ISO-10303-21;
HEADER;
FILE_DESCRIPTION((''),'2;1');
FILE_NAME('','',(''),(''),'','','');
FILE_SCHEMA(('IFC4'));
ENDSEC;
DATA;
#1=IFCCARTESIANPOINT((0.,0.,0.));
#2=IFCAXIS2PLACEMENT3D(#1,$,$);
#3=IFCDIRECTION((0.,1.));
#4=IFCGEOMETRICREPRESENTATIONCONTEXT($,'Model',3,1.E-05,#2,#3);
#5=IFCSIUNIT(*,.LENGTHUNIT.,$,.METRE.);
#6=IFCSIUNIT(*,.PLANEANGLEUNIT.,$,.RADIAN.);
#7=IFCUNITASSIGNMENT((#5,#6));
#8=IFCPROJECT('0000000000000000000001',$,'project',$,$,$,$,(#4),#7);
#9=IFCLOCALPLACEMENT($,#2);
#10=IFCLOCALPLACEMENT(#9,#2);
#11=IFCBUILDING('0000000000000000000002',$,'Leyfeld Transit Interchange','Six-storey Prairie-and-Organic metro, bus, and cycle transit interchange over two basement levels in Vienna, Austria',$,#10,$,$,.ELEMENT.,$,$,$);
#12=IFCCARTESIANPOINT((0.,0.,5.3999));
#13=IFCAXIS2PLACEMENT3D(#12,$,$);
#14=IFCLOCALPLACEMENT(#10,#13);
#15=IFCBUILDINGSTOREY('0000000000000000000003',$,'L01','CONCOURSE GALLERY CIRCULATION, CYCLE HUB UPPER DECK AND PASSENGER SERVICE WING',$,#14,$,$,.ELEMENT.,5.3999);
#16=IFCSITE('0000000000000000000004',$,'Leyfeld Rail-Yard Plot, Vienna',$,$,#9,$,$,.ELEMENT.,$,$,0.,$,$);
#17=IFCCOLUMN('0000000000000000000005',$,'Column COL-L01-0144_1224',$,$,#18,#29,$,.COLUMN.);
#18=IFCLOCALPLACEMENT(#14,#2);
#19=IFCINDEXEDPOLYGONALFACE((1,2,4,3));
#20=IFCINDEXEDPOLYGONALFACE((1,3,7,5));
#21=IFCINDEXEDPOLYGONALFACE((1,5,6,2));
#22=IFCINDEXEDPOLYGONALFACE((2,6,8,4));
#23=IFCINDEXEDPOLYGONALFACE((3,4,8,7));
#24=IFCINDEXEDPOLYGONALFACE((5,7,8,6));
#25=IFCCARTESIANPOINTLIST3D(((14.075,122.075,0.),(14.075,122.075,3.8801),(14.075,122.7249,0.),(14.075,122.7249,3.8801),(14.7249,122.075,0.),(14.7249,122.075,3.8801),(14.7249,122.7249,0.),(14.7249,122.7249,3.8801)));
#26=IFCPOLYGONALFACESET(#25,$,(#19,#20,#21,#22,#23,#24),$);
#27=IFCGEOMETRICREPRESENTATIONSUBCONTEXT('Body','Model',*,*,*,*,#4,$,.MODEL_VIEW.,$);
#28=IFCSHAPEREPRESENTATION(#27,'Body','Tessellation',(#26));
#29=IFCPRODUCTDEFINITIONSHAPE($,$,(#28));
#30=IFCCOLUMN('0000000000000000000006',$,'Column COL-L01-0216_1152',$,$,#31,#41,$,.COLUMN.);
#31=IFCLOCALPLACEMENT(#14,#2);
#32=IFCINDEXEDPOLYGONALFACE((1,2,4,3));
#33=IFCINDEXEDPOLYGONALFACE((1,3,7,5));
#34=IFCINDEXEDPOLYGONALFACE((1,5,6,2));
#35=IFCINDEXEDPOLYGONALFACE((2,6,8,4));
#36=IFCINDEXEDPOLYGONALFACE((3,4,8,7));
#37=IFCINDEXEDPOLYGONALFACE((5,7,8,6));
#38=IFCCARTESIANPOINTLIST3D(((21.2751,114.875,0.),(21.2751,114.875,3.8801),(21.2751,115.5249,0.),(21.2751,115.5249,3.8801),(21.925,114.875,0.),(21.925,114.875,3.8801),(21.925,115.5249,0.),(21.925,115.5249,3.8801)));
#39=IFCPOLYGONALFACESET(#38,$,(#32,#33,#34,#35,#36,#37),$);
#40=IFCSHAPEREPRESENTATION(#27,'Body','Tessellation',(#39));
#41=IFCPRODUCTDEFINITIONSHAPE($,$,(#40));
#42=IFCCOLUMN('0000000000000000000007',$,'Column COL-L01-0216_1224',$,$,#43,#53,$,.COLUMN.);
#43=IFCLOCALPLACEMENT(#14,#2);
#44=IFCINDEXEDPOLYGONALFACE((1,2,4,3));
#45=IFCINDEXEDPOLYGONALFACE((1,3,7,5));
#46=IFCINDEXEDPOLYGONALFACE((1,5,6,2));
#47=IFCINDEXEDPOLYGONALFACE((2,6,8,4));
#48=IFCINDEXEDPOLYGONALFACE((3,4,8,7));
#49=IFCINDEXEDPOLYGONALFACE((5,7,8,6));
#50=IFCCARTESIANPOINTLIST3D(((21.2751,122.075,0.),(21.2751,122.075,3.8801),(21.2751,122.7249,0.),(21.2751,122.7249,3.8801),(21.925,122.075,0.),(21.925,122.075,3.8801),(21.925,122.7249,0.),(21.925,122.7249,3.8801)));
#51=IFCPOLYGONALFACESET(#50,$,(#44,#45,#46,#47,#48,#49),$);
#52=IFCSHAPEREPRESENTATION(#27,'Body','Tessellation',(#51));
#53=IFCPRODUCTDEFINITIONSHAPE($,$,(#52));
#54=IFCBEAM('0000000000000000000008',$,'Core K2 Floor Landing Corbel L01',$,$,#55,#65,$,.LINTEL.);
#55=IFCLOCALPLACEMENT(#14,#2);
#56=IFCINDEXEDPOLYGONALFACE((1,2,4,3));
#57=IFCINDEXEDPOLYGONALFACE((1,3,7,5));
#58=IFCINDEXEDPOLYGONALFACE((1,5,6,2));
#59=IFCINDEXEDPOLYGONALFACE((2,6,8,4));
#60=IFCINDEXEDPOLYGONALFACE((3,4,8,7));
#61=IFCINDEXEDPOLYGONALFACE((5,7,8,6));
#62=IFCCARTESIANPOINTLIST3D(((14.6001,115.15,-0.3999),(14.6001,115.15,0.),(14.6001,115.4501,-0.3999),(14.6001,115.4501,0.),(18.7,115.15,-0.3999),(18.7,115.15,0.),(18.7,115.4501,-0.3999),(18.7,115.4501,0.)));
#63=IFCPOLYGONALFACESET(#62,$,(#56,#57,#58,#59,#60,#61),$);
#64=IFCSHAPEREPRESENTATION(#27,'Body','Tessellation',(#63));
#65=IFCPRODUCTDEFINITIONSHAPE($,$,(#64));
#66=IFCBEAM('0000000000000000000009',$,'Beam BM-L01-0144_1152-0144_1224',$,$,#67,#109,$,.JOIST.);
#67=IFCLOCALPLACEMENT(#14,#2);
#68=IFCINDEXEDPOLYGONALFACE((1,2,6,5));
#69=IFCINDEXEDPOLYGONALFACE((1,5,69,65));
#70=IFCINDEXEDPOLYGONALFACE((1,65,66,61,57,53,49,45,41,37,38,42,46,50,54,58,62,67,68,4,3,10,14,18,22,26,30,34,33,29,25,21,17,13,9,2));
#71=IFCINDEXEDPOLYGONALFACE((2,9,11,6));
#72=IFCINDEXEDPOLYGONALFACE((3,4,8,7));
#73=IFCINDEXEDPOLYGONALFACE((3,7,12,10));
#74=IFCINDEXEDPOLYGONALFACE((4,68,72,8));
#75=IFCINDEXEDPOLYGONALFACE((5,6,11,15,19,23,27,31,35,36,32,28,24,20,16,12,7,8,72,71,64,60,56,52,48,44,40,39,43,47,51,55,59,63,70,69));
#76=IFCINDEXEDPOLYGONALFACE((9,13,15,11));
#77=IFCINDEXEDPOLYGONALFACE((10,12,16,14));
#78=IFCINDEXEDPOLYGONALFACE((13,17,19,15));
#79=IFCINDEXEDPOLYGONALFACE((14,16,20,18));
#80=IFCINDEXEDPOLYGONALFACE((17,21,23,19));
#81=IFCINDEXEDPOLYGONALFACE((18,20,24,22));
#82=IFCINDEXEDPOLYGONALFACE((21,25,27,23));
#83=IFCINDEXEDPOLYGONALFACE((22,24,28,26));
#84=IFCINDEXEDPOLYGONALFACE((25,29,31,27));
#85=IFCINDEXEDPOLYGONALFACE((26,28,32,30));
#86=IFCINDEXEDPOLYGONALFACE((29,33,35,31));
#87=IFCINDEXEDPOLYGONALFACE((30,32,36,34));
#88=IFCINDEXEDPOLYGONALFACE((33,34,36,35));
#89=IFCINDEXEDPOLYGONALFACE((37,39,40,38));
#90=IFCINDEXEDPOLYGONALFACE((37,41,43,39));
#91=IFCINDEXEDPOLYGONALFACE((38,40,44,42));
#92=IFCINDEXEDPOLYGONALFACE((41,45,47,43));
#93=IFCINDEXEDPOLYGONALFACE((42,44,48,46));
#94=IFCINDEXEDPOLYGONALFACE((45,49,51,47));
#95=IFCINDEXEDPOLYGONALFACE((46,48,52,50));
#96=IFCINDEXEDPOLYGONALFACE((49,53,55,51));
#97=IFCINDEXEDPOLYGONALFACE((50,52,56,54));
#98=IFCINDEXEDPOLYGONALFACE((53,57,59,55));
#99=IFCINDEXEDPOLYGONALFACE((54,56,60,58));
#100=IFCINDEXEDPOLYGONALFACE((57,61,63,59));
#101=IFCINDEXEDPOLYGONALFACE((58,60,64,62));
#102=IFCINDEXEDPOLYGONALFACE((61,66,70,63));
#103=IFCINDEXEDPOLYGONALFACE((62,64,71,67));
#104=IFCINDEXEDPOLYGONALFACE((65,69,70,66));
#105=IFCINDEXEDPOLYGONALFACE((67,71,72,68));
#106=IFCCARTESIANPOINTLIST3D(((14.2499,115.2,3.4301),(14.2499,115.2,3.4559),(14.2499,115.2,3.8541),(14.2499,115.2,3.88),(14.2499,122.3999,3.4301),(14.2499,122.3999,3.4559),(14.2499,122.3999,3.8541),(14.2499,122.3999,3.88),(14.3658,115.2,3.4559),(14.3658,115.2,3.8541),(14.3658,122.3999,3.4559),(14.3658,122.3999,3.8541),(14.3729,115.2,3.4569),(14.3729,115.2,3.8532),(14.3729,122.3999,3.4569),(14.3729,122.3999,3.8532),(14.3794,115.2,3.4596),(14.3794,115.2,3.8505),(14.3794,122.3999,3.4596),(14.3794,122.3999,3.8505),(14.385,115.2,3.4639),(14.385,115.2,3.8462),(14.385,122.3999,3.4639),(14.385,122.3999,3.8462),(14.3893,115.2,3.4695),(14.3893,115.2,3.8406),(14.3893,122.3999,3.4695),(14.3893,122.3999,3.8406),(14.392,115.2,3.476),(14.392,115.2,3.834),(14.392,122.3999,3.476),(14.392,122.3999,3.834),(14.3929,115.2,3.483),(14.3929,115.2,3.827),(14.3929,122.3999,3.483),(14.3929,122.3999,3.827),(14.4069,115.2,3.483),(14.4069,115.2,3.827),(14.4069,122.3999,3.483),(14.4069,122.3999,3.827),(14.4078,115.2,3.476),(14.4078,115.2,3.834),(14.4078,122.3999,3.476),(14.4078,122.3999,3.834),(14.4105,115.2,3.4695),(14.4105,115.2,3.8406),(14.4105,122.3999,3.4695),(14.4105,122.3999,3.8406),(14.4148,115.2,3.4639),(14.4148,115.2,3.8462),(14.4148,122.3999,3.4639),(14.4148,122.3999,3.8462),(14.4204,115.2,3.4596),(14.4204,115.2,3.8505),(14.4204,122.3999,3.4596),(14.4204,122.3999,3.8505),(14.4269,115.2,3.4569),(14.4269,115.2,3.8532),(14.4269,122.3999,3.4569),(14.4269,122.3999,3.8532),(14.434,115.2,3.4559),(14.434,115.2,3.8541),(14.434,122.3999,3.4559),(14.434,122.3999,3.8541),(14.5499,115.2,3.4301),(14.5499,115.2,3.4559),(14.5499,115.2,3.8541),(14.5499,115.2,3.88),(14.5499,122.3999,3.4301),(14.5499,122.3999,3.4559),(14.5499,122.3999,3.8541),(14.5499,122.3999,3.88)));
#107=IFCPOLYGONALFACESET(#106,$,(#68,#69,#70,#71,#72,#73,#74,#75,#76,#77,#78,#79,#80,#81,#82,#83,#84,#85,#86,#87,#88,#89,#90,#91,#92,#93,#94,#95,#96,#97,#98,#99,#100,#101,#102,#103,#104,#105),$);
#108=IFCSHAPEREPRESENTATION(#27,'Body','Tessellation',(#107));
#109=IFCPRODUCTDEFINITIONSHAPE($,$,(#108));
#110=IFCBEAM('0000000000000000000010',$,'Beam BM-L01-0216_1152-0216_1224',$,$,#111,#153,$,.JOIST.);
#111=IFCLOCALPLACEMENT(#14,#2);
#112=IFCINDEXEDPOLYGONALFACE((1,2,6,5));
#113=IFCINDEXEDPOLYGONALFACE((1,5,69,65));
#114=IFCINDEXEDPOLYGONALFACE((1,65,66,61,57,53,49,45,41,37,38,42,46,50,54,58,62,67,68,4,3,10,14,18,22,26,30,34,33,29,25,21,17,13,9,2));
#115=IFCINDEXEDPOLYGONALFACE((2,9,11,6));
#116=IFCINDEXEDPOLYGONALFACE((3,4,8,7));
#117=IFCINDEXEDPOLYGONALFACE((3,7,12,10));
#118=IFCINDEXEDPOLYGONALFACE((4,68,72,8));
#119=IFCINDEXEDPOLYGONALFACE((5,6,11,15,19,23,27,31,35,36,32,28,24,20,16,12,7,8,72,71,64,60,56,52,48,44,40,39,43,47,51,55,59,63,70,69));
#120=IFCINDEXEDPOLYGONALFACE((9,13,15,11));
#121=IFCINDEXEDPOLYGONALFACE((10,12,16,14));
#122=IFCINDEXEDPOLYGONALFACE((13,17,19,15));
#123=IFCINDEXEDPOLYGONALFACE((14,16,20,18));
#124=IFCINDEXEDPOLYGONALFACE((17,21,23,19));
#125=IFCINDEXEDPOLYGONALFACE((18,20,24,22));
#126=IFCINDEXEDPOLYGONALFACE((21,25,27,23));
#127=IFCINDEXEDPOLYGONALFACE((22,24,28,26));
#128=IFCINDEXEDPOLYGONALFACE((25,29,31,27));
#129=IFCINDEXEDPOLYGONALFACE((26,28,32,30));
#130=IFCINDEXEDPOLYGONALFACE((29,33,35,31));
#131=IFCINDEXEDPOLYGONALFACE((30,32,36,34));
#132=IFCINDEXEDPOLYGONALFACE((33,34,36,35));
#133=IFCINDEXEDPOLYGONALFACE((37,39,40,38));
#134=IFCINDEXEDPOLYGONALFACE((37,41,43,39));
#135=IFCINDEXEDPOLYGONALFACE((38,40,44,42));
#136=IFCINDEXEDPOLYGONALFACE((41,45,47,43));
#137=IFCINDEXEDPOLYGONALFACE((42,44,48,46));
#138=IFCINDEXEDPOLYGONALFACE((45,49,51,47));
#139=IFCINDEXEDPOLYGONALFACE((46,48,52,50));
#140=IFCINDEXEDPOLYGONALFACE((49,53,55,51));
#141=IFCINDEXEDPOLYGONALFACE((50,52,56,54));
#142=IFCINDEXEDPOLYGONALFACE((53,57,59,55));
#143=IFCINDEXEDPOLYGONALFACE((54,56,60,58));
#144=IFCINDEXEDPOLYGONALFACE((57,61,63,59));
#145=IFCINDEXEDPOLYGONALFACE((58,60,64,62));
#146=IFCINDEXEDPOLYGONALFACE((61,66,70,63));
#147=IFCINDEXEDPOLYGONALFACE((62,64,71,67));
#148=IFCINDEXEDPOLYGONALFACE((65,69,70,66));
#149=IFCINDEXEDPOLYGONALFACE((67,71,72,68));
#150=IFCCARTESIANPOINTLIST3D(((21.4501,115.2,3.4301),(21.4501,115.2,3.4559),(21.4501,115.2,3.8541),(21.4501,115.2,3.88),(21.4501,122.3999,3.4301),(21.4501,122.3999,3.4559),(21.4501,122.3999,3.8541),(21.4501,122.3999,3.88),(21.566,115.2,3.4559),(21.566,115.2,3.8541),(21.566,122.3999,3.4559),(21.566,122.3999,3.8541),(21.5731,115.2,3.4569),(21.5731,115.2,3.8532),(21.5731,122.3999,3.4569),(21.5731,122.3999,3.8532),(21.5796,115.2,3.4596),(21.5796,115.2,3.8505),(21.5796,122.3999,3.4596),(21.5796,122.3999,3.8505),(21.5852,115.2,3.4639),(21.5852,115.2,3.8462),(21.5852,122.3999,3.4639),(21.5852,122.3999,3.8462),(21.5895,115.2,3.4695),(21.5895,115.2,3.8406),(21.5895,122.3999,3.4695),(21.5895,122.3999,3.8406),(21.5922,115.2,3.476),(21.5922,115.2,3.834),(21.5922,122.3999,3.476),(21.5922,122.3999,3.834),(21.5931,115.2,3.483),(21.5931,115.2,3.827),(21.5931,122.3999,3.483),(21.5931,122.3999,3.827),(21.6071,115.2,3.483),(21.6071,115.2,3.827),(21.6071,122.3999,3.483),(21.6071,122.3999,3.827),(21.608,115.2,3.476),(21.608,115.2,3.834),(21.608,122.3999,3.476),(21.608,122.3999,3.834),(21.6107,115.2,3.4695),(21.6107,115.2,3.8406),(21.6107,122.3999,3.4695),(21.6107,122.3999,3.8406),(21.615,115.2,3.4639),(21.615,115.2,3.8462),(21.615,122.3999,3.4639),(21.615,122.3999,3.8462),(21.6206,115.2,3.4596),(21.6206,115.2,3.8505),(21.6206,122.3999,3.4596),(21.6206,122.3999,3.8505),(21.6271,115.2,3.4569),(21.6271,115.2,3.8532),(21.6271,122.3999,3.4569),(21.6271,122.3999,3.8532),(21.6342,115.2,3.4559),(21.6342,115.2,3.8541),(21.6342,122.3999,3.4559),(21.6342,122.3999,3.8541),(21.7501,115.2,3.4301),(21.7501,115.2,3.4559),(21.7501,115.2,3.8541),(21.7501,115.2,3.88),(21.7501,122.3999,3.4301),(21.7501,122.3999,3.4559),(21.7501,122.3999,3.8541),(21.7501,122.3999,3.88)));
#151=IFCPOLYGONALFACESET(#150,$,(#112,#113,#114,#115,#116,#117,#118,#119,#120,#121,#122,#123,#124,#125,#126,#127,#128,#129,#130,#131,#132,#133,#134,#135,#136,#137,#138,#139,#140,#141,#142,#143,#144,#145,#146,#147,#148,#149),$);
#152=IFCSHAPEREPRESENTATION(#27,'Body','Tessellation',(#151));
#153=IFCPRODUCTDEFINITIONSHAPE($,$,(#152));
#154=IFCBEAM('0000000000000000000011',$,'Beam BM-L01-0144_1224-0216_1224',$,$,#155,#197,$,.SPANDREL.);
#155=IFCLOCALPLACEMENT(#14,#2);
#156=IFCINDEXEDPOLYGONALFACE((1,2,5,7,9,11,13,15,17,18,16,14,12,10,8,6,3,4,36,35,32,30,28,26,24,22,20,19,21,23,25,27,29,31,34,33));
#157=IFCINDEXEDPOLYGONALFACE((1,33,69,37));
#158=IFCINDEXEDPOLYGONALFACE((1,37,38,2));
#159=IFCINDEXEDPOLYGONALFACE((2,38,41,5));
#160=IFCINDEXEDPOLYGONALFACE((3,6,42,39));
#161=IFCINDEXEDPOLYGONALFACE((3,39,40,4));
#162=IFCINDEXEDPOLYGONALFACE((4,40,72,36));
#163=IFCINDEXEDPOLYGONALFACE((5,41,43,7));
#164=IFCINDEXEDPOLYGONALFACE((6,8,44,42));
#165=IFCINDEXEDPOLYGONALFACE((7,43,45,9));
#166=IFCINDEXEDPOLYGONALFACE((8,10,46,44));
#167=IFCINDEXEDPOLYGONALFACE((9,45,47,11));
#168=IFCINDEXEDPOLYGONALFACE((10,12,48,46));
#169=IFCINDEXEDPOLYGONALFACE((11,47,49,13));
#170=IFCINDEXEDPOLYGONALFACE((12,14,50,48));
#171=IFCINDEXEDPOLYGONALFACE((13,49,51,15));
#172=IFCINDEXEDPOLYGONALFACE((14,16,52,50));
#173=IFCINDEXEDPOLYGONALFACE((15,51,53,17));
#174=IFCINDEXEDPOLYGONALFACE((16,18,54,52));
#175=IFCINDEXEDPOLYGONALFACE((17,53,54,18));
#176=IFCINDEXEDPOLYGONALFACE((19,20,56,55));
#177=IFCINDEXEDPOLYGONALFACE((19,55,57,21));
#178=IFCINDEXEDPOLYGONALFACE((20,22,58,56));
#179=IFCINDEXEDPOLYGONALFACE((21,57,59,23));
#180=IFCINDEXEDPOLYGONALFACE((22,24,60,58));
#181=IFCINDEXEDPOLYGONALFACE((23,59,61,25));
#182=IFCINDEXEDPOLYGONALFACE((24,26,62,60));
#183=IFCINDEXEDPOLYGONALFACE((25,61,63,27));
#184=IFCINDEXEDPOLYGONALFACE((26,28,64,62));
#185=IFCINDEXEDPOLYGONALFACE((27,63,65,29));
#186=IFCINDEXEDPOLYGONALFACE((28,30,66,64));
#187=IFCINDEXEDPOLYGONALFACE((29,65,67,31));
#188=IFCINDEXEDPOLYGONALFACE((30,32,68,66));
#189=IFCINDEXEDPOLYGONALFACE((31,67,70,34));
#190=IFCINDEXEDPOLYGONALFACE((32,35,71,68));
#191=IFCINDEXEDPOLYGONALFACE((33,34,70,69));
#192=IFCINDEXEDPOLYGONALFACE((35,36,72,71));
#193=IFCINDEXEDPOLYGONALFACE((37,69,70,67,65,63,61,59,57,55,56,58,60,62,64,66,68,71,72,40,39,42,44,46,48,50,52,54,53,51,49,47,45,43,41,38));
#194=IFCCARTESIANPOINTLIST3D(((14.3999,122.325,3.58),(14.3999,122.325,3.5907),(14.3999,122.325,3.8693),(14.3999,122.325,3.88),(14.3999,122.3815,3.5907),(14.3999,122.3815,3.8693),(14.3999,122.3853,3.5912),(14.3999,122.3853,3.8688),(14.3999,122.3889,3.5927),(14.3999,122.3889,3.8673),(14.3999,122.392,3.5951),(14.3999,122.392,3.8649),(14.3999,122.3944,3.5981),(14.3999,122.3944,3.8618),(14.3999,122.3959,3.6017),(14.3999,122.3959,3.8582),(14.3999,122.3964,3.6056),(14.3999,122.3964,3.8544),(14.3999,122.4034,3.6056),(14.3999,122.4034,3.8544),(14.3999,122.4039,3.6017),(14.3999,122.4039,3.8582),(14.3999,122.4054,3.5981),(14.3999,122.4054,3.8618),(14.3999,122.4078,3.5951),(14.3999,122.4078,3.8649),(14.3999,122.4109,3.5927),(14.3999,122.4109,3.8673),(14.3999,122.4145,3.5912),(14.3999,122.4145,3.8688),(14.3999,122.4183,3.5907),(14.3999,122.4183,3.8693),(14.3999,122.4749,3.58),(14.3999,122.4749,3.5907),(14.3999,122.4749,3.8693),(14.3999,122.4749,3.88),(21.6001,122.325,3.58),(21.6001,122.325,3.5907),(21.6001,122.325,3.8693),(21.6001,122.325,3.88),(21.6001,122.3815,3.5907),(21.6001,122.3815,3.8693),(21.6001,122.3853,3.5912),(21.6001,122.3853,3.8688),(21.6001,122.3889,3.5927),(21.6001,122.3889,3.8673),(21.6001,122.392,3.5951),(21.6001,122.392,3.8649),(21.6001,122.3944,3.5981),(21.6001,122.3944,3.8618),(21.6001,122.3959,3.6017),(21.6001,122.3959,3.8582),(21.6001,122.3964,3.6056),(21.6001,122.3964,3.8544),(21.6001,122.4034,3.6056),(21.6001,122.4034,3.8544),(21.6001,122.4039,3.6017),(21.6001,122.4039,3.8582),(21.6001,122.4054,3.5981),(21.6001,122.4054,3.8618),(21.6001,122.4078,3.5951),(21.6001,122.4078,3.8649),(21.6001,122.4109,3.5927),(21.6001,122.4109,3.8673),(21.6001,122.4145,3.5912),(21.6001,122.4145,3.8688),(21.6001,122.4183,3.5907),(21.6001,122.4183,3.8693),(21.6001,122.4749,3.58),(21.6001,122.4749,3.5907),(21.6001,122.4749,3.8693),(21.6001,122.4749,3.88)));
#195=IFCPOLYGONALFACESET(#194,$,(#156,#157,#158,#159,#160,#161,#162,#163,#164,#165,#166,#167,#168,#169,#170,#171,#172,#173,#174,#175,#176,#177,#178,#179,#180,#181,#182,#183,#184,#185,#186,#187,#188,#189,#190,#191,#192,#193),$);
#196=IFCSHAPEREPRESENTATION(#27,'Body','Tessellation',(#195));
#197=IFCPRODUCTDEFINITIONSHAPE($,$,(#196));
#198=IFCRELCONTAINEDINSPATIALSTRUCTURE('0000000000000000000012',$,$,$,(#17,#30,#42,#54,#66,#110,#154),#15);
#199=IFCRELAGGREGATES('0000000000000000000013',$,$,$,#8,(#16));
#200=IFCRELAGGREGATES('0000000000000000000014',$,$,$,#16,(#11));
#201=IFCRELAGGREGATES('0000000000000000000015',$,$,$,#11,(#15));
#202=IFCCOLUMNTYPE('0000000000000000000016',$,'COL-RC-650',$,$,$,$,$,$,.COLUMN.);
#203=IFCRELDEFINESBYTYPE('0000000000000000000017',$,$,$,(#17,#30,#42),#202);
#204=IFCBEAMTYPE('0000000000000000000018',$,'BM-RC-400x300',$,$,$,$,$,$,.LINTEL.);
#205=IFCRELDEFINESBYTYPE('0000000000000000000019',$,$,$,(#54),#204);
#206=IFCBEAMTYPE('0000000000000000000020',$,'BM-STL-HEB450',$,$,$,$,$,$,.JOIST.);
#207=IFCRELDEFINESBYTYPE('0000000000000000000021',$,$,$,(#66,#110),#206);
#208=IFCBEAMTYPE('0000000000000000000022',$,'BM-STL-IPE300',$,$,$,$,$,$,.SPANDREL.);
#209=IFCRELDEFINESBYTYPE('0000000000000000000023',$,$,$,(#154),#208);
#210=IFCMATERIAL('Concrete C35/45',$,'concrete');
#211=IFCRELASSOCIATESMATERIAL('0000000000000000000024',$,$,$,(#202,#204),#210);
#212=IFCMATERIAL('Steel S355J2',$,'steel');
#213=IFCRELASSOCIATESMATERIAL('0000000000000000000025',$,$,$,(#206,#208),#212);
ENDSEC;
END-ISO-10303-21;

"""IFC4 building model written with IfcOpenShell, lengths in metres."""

from ifc_helpers import new_model, si_unit, direction, frame, origin, origin_2d, place, context, subcontext, project, spatial, rectangle, i_section, extrude, material, material_profile, profile_set, type_object, element, save


model = new_model("IFC4")

# Units and contexts
model_context = context("Model", 3, precision=1e-05, world=origin(), true_north=direction((0.0, 1.0)))
body_context = subcontext(model_context, "Body", "Model", "MODEL_VIEW")
ifc_project = project(units=[si_unit("LENGTHUNIT", "METRE"), si_unit("PLANEANGLEUNIT", "RADIAN")], contexts=[model_context])

# Site, building, storey
site_placement = place(None, origin())
site = spatial("IfcSite", under=ifc_project, at=site_placement, Name="Leyfeld Rail-Yard Plot, Vienna", CompositionType="ELEMENT", RefElevation=0.0)
building_placement = place(site_placement, origin())
building = spatial("IfcBuilding", under=site, at=building_placement, Name="Leyfeld Transit Interchange", Description="Six-storey Prairie-and-Organic metro, bus, and cycle transit interchange over two basement levels in Vienna, Austria", CompositionType="ELEMENT")
storey_placement = place(building_placement, frame((0.0, 0.0, 5.3999)))
storey = spatial("IfcBuildingStorey", under=building, at=storey_placement, Name="L01", Description="CONCOURSE GALLERY CIRCULATION, CYCLE HUB UPPER DECK AND PASSENGER SERVICE WING", CompositionType="ELEMENT", Elevation=5.3999)

# Columns
ifc_material_1 = material(Name="Concrete C35/45", Category="concrete")
ifc_material_profile_1 = material_profile(ifc_material_1, rectangle(XDim=0.6499, YDim=0.6499, at=origin_2d()), Name="RC 650x650")
ifc_profile_set_1 = profile_set([ifc_material_profile_1], Name="Concrete C35/45")
column_type = type_object("IfcColumnType", Name="COL-RC-650", PredefinedType="COLUMN", material=ifc_profile_set_1)
for number, where, z_axis, x_axis, name in (
    (1, (14.3999, 122.3999, 0.0), (0.0, 0.0, 1.0), (1.0, 0.0, 0.0), "Column COL-L01-0144_1224"),
    (2, (21.6001, 115.2, 0.0), (0.0, 0.0, 1.0), (1.0, 0.0, 0.0), "Column COL-L01-0216_1152"),
    (3, (21.6001, 122.3999, 0.0), (0.0, 0.0, 1.0), (1.0, 0.0, 0.0), "Column COL-L01-0216_1224"),
):
    element("IfcColumn", number, at=place(storey_placement, frame(where, z_axis=z_axis, x_axis=x_axis)), inside=storey, type_object=column_type, Name=name, PredefinedType="COLUMN", context=body_context, shape_type="SweptSolid", body=[
        extrude(rectangle(XDim=0.6499, YDim=0.6499, at=origin_2d()), origin(), (0.0, 0.0, 1.0), 3.8801),
    ])

# Beams
ifc_material_profile_2 = material_profile(ifc_material_1, rectangle(XDim=0.3, YDim=0.3999, at=origin_2d()), Name="RC 400x300")
ifc_profile_set_2 = profile_set([ifc_material_profile_2], Name="Concrete C35/45")
beam_type_1 = type_object("IfcBeamType", Name="BM-RC-400x300", PredefinedType="LINTEL", material=ifc_profile_set_2)
beam_1_placement = place(storey_placement, frame((14.6001, 115.3, -0.2), z_axis=(1.0, 0.0, 0.0), x_axis=(0.0, 1.0, 0.0)))
element("IfcBeam", 4, at=beam_1_placement, inside=storey, type_object=beam_type_1, Name="Core K2 Floor Landing Corbel L01", PredefinedType="LINTEL", context=body_context, shape_type="SweptSolid", body=[
    extrude(rectangle(XDim=0.3, YDim=0.3999, at=origin_2d()), origin(), (0.0, 0.0, 1.0), 4.0999),
])
ifc_material_2 = material(Name="Steel S355J2", Category="steel")
ifc_material_profile_3 = material_profile(ifc_material_2, i_section(OverallWidth=0.3, OverallDepth=0.45, WebThickness=0.0139, FlangeThickness=0.0259, FilletRadius=0.0271, at=origin_2d()), Name="HEB 450")
ifc_profile_set_3 = profile_set([ifc_material_profile_3], Name="Steel S355J2")
beam_type_2 = type_object("IfcBeamType", Name="BM-STL-HEB450", PredefinedType="JOIST", material=ifc_profile_set_3)
for number, where, z_axis, x_axis, name in (
    (5, (14.3999, 115.2, 3.655), (0.0, 1.0, 0.0), (-1.0, 0.0, 0.0), "Beam BM-L01-0144_1152-0144_1224"),
    (6, (21.6001, 115.2, 3.655), (0.0, 1.0, 0.0), (-1.0, 0.0, 0.0), "Beam BM-L01-0216_1152-0216_1224"),
):
    element("IfcBeam", number, at=place(storey_placement, frame(where, z_axis=z_axis, x_axis=x_axis)), inside=storey, type_object=beam_type_2, Name=name, PredefinedType="JOIST", context=body_context, shape_type="SweptSolid", body=[
        extrude(i_section(OverallWidth=0.3, OverallDepth=0.45, WebThickness=0.0139, FlangeThickness=0.0259, FilletRadius=0.0271, at=origin_2d()), origin(), (0.0, 0.0, 1.0), 7.2),
    ])
ifc_material_profile_4 = material_profile(ifc_material_2, i_section(OverallWidth=0.1499, OverallDepth=0.3, WebThickness=0.0071, FlangeThickness=0.0107, FilletRadius=0.0149, at=origin_2d()), Name="IPE 300")
ifc_profile_set_4 = profile_set([ifc_material_profile_4], Name="Steel S355J2")
beam_type_3 = type_object("IfcBeamType", Name="BM-STL-IPE300", PredefinedType="SPANDREL", material=ifc_profile_set_4)
beam_2_placement = place(storey_placement, frame((14.3999, 122.3999, 3.73), z_axis=(1.0, 0.0, 0.0), x_axis=(0.0, 1.0, 0.0)))
element("IfcBeam", 7, at=beam_2_placement, inside=storey, type_object=beam_type_3, Name="Beam BM-L01-0144_1224-0216_1224", PredefinedType="SPANDREL", context=body_context, shape_type="SweptSolid", body=[
    extrude(i_section(OverallWidth=0.1499, OverallDepth=0.3, WebThickness=0.0071, FlangeThickness=0.0107, FilletRadius=0.0149, at=origin_2d()), origin(), (0.0, 0.0, 1.0), 7.2002),
])

save(model, "model.ifc")
